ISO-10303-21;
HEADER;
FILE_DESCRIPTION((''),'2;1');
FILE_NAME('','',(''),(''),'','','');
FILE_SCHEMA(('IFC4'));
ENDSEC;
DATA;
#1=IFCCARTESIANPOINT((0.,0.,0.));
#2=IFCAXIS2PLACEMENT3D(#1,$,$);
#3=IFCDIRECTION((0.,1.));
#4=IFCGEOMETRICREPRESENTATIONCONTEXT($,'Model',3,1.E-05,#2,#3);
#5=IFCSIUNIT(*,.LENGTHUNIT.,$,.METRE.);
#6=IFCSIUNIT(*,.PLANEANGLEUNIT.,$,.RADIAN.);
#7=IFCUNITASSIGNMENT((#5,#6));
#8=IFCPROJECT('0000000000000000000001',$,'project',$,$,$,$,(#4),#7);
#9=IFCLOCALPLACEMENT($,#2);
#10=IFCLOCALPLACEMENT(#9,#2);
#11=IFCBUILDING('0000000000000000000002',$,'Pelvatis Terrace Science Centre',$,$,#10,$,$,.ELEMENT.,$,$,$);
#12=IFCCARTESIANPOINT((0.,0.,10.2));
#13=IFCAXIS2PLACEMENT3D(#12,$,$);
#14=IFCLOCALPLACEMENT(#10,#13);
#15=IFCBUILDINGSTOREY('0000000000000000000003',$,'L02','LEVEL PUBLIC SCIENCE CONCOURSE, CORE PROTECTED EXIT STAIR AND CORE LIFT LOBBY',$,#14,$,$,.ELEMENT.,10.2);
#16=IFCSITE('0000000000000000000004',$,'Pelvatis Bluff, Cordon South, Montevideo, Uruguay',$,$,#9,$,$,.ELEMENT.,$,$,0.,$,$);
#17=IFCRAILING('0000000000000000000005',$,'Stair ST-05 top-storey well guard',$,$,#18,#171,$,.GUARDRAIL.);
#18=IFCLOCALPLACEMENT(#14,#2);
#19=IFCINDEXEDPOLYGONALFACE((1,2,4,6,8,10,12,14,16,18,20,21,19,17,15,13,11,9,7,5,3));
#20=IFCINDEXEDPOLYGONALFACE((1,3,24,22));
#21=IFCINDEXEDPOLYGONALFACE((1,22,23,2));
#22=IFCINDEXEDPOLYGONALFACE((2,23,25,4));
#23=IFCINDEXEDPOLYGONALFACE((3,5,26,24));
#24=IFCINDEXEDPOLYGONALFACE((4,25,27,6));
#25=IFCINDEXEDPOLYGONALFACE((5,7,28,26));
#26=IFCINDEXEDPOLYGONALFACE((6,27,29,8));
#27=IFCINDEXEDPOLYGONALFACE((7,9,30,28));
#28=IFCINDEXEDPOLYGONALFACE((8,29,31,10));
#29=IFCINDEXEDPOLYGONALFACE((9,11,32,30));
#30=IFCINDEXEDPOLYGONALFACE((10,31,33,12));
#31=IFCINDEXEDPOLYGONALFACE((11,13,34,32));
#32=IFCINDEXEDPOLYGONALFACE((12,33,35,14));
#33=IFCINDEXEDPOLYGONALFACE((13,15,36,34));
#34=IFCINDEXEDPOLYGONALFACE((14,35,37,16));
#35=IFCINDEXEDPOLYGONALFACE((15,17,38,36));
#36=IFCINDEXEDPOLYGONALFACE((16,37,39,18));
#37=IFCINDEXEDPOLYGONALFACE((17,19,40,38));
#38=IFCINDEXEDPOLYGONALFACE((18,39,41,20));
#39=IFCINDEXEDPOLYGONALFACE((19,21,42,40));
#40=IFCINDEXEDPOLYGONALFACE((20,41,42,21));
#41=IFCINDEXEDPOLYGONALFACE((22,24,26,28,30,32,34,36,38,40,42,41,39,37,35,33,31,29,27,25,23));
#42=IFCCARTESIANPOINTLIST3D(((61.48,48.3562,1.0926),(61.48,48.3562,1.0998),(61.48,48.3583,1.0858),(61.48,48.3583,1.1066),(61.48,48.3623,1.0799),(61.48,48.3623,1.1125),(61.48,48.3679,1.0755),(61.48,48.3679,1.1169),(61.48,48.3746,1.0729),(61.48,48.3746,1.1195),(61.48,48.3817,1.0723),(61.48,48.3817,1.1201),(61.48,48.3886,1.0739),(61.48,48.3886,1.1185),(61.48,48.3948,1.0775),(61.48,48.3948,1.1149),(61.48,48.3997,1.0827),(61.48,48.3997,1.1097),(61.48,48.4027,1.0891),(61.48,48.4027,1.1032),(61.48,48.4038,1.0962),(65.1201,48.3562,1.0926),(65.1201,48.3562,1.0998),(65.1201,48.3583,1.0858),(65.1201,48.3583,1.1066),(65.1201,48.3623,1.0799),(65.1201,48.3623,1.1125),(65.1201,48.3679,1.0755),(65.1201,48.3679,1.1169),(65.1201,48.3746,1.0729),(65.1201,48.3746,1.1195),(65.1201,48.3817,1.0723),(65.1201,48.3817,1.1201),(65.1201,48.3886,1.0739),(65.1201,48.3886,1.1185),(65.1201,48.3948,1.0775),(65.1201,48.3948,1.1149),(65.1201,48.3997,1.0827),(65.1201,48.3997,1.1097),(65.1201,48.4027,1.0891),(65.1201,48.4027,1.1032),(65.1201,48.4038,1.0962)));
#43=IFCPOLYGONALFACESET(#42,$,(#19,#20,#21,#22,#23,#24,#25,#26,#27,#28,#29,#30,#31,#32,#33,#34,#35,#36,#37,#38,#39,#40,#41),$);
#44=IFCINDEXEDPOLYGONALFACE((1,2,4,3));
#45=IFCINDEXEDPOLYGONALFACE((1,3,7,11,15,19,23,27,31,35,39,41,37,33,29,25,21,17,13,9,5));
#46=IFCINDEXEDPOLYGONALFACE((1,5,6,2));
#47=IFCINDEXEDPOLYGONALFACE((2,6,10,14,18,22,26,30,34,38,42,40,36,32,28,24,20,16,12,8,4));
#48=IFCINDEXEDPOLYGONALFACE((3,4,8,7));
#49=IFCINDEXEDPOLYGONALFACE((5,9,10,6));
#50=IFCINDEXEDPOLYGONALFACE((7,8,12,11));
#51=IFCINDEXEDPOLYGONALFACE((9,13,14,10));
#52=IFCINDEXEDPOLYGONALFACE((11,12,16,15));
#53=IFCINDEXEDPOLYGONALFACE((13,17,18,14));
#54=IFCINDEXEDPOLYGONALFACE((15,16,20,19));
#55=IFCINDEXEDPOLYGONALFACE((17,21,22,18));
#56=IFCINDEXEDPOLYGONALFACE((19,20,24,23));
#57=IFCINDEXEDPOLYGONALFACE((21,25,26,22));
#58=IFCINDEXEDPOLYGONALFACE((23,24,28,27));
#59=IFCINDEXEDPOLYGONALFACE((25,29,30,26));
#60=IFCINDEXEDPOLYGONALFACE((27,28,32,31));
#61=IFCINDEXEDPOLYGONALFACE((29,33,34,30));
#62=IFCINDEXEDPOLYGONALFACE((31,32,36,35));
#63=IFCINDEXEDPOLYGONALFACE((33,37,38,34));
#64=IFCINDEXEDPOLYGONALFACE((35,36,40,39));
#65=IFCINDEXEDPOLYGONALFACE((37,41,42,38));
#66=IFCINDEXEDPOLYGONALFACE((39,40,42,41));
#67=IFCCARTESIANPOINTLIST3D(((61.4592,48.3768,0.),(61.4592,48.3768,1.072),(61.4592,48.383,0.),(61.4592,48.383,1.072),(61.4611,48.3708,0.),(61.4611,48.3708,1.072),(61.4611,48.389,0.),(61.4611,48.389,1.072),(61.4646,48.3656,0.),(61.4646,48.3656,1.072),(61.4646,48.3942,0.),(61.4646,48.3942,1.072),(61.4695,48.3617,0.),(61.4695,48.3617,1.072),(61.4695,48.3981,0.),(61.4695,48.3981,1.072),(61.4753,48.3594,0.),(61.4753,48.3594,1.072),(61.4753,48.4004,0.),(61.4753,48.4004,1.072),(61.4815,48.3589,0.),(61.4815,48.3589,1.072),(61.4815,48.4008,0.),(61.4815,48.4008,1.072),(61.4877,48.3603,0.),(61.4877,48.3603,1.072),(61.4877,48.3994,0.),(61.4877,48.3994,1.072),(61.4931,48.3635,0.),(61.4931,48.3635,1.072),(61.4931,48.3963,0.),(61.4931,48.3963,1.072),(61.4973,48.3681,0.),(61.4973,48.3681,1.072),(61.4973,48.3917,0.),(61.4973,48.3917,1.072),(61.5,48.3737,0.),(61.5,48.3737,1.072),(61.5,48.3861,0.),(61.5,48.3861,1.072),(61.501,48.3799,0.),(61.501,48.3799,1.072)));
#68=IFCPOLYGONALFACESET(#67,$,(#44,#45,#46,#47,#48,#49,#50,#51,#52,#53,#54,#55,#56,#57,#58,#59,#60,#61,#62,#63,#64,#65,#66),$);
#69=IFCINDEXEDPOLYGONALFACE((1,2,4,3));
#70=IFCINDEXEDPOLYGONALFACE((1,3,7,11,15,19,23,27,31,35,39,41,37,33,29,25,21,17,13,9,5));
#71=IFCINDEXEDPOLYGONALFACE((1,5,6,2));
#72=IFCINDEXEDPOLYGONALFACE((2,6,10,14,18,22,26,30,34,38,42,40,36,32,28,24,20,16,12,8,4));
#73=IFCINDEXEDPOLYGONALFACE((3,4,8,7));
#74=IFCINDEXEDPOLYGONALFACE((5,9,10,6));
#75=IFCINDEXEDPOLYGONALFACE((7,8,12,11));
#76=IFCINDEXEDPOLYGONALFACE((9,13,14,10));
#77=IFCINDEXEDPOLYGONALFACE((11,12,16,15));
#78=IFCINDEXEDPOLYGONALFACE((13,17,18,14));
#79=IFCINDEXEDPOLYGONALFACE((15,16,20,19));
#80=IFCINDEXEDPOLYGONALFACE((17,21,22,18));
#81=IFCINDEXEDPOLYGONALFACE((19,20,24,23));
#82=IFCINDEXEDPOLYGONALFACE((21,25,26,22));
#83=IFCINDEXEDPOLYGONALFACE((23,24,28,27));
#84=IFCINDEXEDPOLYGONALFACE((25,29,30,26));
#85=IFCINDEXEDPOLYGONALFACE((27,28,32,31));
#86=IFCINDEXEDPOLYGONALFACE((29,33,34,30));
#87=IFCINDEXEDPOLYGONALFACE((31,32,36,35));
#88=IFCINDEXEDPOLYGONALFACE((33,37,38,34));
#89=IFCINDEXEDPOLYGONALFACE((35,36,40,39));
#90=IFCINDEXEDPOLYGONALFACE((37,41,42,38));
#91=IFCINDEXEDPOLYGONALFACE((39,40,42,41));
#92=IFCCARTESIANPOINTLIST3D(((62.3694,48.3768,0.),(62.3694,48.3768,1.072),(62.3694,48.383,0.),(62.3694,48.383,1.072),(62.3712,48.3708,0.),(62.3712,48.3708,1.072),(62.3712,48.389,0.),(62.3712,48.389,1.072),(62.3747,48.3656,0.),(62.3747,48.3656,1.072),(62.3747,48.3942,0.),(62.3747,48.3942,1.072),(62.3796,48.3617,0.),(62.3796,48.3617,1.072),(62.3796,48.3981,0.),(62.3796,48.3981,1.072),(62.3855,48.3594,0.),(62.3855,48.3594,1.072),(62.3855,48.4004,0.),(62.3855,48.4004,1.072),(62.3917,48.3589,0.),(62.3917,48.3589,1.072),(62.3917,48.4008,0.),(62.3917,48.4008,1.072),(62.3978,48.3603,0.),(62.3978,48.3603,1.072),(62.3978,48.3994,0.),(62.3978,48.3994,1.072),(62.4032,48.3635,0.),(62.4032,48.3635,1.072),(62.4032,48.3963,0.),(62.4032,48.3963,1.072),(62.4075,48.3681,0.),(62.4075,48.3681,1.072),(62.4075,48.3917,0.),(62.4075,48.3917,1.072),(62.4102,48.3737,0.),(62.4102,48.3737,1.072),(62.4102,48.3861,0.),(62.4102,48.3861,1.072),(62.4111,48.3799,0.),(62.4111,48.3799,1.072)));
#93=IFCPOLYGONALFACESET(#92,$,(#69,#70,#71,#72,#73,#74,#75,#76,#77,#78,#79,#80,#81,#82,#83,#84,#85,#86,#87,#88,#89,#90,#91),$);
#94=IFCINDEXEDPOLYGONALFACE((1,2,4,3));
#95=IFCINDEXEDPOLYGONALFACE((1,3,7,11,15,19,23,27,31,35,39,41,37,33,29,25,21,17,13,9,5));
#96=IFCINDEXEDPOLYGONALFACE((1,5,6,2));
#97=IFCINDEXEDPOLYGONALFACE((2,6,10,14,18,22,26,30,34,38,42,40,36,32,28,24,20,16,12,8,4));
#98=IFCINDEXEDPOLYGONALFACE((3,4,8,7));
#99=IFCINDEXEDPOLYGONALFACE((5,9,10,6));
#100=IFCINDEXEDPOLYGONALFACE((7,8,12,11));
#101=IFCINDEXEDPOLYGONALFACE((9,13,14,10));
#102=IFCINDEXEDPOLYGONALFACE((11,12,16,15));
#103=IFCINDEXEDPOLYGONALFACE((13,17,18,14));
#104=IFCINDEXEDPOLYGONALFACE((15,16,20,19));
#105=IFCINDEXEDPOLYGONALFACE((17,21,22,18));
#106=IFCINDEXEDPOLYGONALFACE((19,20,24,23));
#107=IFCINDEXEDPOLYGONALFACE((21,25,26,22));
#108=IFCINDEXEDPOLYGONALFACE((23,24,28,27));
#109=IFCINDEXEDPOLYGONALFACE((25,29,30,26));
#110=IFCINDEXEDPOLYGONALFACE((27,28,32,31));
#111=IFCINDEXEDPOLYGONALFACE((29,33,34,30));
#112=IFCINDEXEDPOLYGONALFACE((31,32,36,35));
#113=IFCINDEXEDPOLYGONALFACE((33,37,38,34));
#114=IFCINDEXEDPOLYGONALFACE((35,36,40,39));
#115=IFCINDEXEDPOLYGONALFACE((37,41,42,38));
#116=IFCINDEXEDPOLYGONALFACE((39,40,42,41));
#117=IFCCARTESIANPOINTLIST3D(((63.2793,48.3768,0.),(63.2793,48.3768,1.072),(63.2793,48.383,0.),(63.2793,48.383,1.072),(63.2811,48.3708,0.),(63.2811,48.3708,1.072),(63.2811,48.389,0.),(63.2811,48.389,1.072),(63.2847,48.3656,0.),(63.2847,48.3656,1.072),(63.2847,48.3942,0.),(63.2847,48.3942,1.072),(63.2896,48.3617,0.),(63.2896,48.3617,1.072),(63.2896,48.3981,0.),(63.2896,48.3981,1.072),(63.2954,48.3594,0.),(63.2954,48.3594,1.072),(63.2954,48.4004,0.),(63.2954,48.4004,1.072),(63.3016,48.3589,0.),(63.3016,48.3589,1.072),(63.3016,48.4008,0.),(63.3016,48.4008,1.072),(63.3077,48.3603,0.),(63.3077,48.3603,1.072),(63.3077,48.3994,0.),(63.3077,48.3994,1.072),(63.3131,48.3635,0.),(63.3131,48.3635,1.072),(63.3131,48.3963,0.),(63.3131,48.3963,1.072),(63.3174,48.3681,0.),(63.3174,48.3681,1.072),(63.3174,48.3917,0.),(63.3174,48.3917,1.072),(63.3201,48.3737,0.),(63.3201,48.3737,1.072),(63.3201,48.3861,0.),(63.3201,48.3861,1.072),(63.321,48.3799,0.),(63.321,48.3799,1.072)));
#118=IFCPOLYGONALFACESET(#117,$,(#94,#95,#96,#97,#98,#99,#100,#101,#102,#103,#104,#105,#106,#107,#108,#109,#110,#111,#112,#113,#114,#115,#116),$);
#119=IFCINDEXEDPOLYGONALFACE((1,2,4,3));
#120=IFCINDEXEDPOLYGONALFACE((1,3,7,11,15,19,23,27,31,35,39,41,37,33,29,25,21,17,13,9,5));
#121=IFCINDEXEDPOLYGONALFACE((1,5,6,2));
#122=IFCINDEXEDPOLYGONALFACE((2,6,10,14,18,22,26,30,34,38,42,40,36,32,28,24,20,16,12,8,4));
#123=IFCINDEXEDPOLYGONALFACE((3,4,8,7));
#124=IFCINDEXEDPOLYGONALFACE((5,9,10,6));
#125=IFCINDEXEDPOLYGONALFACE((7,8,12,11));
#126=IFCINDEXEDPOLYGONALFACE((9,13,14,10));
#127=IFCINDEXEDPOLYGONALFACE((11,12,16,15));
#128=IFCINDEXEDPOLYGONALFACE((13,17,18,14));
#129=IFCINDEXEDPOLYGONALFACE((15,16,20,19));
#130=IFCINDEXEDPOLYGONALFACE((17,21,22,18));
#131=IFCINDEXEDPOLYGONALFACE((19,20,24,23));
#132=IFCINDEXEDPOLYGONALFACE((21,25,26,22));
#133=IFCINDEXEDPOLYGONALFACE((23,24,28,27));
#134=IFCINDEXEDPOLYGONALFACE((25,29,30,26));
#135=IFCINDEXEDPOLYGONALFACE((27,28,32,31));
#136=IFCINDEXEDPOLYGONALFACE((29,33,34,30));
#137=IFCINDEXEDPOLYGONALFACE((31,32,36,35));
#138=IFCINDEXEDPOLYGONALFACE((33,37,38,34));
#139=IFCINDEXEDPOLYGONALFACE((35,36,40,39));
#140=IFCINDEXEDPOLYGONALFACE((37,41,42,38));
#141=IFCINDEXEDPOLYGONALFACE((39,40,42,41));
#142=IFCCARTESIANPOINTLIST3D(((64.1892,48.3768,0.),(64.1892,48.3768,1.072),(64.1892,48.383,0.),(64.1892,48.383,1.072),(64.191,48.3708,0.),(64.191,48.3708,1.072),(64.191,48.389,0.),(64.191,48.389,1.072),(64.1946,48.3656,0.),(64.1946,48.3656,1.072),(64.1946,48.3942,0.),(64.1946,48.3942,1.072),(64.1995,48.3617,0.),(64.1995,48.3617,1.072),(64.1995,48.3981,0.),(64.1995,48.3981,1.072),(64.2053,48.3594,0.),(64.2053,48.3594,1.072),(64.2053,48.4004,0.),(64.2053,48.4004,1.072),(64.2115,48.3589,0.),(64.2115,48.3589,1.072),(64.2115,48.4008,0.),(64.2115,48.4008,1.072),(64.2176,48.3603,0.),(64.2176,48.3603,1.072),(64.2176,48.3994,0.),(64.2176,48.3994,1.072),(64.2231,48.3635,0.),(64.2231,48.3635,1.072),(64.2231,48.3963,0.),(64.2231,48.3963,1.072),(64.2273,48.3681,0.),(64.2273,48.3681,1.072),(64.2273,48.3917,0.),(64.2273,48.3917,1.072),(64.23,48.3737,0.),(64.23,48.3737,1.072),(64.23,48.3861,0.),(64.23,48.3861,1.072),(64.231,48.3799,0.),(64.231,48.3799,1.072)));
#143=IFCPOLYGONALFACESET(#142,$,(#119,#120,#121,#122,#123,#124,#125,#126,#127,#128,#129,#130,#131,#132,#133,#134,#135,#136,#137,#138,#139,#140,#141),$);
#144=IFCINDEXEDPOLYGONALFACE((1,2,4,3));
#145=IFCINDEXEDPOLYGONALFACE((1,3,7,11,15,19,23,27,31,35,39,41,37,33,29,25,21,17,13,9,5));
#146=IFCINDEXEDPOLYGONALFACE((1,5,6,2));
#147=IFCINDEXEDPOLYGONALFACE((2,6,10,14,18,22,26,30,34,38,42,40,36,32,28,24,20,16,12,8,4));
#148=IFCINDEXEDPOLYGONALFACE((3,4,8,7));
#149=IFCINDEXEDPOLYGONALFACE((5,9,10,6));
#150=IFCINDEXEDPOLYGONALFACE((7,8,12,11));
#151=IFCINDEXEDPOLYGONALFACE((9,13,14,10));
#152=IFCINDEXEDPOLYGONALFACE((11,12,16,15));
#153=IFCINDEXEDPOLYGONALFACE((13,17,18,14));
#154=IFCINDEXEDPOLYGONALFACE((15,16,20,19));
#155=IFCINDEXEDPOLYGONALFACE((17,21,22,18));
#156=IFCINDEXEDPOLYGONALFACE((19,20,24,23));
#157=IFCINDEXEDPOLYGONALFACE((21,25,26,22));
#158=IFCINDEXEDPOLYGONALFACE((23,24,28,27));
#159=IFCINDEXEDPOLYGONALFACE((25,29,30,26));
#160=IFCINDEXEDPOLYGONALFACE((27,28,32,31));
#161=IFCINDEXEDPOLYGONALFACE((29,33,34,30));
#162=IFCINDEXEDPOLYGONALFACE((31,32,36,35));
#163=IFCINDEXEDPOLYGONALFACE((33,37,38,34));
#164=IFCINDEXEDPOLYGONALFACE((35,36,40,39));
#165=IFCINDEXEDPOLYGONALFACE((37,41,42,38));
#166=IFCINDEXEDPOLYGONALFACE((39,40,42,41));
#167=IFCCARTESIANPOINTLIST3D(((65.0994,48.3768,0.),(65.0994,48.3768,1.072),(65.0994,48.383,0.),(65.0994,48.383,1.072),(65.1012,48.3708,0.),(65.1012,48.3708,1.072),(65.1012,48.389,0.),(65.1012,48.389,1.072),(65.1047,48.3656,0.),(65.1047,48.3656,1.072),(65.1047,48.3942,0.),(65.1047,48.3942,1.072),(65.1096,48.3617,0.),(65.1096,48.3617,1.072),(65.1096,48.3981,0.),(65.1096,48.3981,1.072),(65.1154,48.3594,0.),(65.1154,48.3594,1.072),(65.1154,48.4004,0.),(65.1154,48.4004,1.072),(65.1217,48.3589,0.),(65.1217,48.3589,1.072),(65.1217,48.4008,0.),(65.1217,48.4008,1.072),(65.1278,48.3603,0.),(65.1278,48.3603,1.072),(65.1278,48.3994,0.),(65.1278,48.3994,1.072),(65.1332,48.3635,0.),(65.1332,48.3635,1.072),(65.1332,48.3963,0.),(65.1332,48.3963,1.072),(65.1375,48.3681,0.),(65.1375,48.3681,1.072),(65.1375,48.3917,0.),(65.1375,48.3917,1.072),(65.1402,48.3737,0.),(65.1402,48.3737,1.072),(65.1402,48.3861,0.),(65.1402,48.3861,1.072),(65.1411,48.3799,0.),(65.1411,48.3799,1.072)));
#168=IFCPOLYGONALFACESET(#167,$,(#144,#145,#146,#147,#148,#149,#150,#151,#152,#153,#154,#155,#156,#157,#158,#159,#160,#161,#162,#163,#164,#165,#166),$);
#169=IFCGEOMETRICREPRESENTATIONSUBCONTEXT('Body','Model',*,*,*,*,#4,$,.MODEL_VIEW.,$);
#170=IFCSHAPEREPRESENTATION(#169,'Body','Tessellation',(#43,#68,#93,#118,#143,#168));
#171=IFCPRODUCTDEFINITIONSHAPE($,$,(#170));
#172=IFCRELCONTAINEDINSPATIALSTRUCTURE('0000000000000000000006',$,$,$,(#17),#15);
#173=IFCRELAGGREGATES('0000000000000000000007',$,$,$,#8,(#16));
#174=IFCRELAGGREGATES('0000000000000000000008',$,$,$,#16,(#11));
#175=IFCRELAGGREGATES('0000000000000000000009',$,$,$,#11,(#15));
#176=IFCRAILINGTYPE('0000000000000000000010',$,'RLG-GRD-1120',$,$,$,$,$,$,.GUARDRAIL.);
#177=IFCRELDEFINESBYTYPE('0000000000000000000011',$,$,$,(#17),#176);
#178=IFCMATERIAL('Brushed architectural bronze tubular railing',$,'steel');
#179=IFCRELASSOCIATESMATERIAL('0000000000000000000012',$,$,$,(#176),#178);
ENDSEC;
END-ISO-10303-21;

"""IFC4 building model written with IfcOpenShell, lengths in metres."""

from ifc_helpers import new_model, si_unit, direction, frame, origin, origin_2d, place, context, subcontext, project, spatial, circle, extrude, material, type_object, element, save


model = new_model("IFC4")

# Units and contexts
model_context = context("Model", 3, precision=1e-05, world=origin(), true_north=direction((0.0, 1.0)))
body_context = subcontext(model_context, "Body", "Model", "MODEL_VIEW")
ifc_project = project(units=[si_unit("LENGTHUNIT", "METRE"), si_unit("PLANEANGLEUNIT", "RADIAN")], contexts=[model_context])

# Site, building, storey
site_placement = place(None, origin())
site = spatial("IfcSite", under=ifc_project, at=site_placement, Name="Pelvatis Bluff, Cordon South, Montevideo, Uruguay", CompositionType="ELEMENT", RefElevation=0.0)
building_placement = place(site_placement, origin())
building = spatial("IfcBuilding", under=site, at=building_placement, Name="Pelvatis Terrace Science Centre", CompositionType="ELEMENT")
storey_placement = place(building_placement, frame((0.0, 0.0, 10.2)))
storey = spatial("IfcBuildingStorey", under=building, at=storey_placement, Name="L02", Description="LEVEL PUBLIC SCIENCE CONCOURSE, CORE PROTECTED EXIT STAIR AND CORE LIFT LOBBY", CompositionType="ELEMENT", Elevation=10.2)

# Railing
ifc_material_1 = material(Name="Brushed architectural bronze tubular railing", Category="steel")
railing_type = type_object("IfcRailingType", Name="RLG-GRD-1120", PredefinedType="GUARDRAIL", material=ifc_material_1)
railing_placement = place(storey_placement, frame((61.48, 48.3799, 0.0)))
element("IfcRailing", 1, at=railing_placement, inside=storey, type_object=railing_type, Name="Stair ST-05 top-storey well guard", PredefinedType="GUARDRAIL", context=body_context, shape_type="SweptSolid", body=[
    extrude(circle(Radius=0.0239, at=origin_2d()), frame((0.0, 0.0, 1.0962), z_axis=(1.0, 0.0, 0.0), x_axis=(0.0, 1.0, 0.0)), (0.0, 0.0, 1.0), 3.6401),
    extrude(circle(Radius=0.021, at=origin_2d()), origin(), (0.0, 0.0, 1.0), 1.072),
    extrude(circle(Radius=0.021, at=origin_2d()), frame((0.9102, 0.0, 0.0)), (0.0, 0.0, 1.0), 1.072),
    extrude(circle(Radius=0.021, at=origin_2d()), frame((1.8201, 0.0, 0.0)), (0.0, 0.0, 1.0), 1.072),
    extrude(circle(Radius=0.021, at=origin_2d()), frame((2.73, 0.0, 0.0)), (0.0, 0.0, 1.0), 1.072),
    extrude(circle(Radius=0.021, at=origin_2d()), frame((3.6401, 0.0, 0.0)), (0.0, 0.0, 1.0), 1.072),
])

save(model, "model.ifc")
